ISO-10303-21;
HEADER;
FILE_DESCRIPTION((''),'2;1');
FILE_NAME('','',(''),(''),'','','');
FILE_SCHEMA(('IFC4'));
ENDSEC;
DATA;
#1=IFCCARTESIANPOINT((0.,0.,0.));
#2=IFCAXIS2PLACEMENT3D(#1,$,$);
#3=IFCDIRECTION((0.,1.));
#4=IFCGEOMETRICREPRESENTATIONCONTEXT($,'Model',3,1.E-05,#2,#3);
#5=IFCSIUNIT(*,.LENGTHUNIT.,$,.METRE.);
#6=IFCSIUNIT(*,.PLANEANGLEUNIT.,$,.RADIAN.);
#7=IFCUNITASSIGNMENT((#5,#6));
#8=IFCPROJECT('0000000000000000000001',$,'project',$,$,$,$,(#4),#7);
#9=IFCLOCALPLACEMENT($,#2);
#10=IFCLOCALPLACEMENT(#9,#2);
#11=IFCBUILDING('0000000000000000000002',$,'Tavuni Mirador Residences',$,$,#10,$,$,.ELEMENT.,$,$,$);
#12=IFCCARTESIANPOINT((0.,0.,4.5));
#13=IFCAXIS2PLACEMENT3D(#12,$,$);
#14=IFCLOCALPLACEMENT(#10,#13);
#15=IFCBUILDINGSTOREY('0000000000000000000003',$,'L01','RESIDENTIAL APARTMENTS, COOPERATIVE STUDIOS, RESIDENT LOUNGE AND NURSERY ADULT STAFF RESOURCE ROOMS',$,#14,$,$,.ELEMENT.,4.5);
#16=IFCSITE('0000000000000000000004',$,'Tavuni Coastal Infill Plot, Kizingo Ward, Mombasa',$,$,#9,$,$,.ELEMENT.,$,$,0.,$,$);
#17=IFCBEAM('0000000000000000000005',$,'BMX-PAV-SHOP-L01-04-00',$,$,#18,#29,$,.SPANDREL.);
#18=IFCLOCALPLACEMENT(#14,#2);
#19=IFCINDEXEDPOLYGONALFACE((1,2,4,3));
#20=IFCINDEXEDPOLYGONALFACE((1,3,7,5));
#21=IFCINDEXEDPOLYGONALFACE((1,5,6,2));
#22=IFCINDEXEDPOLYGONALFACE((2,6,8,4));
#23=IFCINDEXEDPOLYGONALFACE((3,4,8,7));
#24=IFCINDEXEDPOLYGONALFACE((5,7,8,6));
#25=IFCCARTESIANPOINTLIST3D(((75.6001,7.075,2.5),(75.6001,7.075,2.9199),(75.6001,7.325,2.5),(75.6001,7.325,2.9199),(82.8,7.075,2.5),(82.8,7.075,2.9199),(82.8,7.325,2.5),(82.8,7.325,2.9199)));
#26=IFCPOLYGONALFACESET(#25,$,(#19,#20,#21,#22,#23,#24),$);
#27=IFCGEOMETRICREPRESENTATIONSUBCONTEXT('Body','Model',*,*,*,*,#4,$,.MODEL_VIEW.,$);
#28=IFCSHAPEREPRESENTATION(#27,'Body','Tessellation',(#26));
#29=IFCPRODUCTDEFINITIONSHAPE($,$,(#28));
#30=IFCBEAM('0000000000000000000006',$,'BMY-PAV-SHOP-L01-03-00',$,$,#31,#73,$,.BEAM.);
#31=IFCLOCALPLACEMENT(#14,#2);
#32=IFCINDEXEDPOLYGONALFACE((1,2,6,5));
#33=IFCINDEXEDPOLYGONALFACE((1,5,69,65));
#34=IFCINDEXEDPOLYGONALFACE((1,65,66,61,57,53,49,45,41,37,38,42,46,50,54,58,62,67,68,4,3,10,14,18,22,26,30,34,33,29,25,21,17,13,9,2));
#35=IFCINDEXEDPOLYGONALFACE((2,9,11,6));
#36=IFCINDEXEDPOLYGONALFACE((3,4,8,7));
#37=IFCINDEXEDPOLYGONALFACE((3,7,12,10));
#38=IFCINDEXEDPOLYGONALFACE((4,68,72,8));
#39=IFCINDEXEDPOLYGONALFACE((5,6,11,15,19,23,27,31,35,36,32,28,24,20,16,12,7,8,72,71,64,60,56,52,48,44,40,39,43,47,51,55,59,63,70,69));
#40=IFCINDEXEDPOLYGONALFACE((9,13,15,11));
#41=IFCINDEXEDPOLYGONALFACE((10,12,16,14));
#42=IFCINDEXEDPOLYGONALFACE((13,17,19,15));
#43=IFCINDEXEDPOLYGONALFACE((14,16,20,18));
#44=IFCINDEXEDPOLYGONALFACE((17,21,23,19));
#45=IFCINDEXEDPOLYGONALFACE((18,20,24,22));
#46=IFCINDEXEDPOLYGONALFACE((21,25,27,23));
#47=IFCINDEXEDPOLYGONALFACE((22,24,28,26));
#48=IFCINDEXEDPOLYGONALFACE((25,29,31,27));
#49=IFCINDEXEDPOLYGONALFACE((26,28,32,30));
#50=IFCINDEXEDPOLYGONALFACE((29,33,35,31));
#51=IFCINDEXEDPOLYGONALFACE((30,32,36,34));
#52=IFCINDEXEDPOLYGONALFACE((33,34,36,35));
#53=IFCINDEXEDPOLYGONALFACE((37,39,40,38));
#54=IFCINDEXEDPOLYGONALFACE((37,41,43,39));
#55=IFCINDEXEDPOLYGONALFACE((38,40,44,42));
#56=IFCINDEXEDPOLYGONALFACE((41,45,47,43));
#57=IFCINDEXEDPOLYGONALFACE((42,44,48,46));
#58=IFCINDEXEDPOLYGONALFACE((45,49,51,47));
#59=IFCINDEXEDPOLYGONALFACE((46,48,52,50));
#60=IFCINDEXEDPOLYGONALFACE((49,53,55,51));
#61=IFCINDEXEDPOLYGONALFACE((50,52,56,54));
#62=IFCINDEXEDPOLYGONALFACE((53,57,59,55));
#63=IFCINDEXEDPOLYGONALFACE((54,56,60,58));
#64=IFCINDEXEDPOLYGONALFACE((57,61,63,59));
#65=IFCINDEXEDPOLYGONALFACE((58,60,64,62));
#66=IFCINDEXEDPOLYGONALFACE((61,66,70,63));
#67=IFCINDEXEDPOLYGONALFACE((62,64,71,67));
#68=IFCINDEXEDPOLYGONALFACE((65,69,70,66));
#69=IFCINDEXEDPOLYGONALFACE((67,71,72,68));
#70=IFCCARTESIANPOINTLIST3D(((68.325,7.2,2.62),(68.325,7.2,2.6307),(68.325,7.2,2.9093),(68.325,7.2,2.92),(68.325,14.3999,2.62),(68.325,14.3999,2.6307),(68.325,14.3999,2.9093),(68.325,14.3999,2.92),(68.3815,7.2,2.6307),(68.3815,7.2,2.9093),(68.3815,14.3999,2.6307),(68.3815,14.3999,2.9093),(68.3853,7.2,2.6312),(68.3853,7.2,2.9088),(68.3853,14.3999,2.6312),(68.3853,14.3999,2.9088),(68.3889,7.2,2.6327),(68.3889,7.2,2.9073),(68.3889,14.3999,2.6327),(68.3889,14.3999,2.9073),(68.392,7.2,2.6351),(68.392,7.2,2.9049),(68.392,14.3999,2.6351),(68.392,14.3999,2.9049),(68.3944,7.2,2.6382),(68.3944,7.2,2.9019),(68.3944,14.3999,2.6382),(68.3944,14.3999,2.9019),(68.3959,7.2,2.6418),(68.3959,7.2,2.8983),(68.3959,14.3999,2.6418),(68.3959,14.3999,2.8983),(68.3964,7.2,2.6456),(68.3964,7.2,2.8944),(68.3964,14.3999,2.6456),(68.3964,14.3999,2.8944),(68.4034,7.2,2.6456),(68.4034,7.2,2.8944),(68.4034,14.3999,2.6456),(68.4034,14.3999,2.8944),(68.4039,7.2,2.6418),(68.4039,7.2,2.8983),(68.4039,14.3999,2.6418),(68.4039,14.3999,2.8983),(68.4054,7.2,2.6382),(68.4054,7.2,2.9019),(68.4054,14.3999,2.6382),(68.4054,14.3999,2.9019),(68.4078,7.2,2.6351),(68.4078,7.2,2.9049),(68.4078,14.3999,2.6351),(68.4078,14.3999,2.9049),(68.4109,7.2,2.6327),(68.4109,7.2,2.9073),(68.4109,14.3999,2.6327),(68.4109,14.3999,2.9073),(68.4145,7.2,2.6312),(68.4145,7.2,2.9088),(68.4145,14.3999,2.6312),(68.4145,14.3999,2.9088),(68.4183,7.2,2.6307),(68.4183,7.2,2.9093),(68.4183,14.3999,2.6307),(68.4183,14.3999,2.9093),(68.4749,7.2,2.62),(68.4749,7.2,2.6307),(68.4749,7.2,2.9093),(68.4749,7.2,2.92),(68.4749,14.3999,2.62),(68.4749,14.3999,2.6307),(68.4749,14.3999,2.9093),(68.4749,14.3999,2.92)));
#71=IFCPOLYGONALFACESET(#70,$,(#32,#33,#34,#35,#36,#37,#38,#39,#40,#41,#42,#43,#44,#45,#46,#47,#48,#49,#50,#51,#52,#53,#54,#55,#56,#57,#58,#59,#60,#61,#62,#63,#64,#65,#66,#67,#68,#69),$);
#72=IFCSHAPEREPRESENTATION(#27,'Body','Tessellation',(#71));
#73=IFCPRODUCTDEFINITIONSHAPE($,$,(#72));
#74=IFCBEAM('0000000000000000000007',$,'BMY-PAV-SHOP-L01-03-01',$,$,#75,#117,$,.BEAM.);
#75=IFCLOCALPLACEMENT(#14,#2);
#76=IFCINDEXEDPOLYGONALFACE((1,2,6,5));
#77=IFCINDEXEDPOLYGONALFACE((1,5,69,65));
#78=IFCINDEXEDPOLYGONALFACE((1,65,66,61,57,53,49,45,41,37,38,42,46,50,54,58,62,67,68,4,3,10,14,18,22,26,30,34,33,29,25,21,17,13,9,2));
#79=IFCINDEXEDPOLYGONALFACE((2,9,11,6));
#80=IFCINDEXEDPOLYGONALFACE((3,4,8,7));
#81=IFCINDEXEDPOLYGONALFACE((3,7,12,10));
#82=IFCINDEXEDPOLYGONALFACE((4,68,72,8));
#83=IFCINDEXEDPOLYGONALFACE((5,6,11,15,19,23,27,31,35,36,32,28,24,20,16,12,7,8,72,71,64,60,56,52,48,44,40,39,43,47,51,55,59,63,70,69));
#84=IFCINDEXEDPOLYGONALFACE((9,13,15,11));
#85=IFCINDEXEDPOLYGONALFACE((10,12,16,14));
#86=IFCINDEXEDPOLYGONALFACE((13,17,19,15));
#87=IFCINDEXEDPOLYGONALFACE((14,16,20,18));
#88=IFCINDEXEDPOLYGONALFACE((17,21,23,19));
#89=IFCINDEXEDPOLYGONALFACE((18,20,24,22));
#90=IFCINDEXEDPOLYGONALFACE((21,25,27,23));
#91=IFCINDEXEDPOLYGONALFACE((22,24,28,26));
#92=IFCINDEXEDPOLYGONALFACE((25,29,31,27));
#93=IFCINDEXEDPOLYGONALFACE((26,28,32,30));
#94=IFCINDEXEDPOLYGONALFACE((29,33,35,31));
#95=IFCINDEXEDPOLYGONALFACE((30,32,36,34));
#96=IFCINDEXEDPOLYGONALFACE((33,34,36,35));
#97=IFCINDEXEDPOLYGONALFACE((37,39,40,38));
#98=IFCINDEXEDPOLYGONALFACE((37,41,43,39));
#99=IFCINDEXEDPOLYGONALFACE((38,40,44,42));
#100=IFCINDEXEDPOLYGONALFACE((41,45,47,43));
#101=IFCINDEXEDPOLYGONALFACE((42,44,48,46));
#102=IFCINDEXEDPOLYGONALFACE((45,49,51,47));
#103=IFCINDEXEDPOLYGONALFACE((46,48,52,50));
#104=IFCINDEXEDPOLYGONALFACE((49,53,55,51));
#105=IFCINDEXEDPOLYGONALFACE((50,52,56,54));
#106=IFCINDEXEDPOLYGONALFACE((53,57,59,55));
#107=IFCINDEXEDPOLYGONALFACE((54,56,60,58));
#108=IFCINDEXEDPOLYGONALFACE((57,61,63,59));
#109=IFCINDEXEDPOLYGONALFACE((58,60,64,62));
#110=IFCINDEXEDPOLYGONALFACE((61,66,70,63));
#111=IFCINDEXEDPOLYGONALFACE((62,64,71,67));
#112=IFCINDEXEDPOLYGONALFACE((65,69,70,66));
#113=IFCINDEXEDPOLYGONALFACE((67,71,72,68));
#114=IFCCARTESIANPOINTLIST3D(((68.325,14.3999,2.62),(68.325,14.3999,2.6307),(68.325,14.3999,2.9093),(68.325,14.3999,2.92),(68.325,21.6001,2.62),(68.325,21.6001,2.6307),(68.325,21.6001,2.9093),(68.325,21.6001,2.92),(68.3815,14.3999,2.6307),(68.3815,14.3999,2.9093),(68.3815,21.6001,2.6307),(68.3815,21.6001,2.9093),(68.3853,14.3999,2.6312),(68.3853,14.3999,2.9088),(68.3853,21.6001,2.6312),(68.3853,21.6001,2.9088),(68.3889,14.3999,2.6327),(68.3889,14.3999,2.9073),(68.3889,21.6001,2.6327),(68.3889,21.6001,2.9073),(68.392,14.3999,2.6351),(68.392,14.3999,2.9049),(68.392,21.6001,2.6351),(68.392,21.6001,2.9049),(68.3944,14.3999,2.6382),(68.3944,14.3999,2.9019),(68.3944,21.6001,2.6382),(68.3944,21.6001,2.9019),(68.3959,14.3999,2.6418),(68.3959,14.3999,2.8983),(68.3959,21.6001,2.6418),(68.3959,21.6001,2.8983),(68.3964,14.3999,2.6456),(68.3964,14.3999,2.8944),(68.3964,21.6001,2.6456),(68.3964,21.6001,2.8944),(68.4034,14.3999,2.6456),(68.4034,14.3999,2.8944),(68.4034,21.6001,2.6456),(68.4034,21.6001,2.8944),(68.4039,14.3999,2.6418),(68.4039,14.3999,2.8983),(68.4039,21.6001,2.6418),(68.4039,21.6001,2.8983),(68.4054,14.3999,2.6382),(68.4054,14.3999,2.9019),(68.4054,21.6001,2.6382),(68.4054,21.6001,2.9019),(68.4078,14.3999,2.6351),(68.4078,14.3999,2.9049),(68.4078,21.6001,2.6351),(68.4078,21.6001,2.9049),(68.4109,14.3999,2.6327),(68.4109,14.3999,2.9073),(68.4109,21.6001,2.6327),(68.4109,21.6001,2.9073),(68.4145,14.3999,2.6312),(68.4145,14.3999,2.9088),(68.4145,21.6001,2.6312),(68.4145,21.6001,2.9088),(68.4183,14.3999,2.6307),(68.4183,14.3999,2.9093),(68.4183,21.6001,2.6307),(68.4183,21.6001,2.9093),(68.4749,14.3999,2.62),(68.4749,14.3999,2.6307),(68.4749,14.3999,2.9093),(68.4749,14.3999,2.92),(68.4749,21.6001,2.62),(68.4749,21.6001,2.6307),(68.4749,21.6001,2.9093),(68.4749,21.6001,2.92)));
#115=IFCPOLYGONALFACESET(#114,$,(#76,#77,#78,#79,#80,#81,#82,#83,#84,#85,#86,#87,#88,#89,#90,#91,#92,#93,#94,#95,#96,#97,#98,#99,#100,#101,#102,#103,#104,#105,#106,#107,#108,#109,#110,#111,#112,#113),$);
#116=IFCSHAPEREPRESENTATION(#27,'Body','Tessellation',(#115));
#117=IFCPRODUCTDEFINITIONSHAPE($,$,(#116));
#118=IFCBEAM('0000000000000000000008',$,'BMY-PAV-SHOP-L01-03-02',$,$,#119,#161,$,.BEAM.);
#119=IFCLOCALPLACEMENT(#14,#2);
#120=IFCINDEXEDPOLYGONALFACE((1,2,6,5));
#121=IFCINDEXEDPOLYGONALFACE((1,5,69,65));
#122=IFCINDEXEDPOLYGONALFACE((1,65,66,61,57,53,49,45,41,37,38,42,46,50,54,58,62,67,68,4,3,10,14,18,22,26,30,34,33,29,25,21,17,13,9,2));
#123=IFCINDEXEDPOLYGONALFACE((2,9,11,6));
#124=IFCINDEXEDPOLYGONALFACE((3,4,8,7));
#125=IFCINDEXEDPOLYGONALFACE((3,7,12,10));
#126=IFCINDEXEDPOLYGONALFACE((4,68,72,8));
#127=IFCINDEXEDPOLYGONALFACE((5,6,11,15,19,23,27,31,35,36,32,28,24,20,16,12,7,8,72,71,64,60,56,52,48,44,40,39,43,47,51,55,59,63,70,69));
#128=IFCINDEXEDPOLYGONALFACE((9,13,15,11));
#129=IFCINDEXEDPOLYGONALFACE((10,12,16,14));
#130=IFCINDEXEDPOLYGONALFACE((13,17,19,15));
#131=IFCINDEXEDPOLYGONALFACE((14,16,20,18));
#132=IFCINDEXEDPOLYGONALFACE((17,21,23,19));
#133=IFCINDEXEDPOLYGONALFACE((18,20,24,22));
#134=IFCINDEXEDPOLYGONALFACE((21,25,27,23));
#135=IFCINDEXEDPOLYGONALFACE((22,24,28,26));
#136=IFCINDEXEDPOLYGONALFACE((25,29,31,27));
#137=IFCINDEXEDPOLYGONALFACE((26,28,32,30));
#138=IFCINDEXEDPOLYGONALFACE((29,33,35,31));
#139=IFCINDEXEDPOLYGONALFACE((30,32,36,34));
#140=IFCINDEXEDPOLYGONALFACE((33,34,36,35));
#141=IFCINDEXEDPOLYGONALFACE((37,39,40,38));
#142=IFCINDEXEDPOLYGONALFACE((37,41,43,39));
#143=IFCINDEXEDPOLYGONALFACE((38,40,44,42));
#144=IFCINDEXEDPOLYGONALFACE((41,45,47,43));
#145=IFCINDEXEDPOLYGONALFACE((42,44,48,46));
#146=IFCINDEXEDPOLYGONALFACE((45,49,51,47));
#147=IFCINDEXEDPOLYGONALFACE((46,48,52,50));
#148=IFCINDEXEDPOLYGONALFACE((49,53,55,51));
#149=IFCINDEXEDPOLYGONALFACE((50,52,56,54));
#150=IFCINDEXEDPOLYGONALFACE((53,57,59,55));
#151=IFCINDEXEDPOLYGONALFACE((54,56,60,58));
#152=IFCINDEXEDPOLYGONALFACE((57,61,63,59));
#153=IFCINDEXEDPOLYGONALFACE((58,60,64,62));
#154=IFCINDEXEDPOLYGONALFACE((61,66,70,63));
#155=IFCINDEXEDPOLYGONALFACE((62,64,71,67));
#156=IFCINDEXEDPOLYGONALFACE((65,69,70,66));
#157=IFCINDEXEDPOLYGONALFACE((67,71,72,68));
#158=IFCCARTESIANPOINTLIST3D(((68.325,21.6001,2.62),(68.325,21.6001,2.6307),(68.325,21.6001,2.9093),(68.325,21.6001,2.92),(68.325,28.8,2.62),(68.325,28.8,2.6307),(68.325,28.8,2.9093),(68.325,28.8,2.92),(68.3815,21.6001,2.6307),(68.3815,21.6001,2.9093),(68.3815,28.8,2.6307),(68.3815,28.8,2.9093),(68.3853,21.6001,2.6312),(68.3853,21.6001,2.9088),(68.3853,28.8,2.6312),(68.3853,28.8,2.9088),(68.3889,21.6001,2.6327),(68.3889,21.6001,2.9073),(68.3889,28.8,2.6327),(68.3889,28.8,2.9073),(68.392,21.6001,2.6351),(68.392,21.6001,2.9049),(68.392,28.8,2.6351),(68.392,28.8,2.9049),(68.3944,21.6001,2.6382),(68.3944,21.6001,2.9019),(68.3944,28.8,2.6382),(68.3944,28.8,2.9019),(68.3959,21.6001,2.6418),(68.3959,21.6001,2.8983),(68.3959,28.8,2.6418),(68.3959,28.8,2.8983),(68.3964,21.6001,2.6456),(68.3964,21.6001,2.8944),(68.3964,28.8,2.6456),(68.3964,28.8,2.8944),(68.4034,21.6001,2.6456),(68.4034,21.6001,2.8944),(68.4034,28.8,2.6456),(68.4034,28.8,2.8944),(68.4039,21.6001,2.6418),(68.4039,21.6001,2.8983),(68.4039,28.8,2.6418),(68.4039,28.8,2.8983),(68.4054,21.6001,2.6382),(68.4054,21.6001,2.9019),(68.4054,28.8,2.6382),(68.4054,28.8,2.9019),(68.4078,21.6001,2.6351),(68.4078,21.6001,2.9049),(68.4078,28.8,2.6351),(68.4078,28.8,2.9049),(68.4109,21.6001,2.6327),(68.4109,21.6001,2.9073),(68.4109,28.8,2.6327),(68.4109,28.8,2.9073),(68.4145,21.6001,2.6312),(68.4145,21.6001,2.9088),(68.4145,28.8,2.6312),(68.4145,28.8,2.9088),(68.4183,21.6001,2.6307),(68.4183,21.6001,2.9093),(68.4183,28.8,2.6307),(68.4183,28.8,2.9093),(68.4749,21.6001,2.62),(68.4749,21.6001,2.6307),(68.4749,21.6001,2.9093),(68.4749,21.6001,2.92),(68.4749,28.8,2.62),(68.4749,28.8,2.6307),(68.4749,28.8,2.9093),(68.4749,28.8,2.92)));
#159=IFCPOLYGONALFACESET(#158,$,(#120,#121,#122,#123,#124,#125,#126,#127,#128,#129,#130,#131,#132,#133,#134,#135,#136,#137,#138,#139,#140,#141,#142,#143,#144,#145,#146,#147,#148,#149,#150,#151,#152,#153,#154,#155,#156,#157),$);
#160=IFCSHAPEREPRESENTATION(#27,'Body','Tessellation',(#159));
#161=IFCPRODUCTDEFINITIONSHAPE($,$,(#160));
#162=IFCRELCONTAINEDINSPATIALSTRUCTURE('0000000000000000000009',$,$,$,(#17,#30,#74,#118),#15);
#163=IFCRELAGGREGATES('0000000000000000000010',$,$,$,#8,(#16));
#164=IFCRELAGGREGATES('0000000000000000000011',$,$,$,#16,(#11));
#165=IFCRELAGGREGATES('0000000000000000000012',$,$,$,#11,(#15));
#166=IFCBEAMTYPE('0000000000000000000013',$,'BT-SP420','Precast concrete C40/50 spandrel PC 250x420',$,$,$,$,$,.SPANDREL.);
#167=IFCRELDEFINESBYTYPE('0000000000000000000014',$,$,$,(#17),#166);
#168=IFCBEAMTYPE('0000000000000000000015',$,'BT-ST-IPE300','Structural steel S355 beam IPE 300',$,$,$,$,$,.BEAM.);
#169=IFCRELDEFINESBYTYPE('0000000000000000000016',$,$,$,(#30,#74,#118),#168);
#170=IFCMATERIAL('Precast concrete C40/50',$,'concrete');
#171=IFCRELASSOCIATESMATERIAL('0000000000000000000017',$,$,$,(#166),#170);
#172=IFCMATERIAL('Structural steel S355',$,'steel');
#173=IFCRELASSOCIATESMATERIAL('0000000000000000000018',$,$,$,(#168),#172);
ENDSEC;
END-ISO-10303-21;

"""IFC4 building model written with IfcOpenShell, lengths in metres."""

from ifc_helpers import new_model, si_unit, direction, frame, origin, origin_2d, place, context, subcontext, project, spatial, rectangle, i_section, extrude, material, material_profile, profile_set, type_object, element, save


model = new_model("IFC4")

# Units and contexts
model_context = context("Model", 3, precision=1e-05, world=origin(), true_north=direction((0.0, 1.0)))
body_context = subcontext(model_context, "Body", "Model", "MODEL_VIEW")
ifc_project = project(units=[si_unit("LENGTHUNIT", "METRE"), si_unit("PLANEANGLEUNIT", "RADIAN")], contexts=[model_context])

# Site, building, storey
site_placement = place(None, origin())
site = spatial("IfcSite", under=ifc_project, at=site_placement, Name="Tavuni Coastal Infill Plot, Kizingo Ward, Mombasa", CompositionType="ELEMENT", RefElevation=0.0)
building_placement = place(site_placement, origin())
building = spatial("IfcBuilding", under=site, at=building_placement, Name="Tavuni Mirador Residences", CompositionType="ELEMENT")
storey_placement = place(building_placement, frame((0.0, 0.0, 4.5)))
storey = spatial("IfcBuildingStorey", under=building, at=storey_placement, Name="L01", Description="RESIDENTIAL APARTMENTS, COOPERATIVE STUDIOS, RESIDENT LOUNGE AND NURSERY ADULT STAFF RESOURCE ROOMS", CompositionType="ELEMENT", Elevation=4.5)

# Shared definitions
ifc_material_1 = material(Name="Precast concrete C40/50", Category="concrete")
ifc_material_2 = material(Name="Structural steel S355", Category="steel")

# Beams
ifc_material_profile_1 = material_profile(ifc_material_1, rectangle(XDim=0.25, YDim=0.4199, at=origin_2d()), Name="PC 250x420", Category="concrete")
ifc_profile_set_1 = profile_set([ifc_material_profile_1], Name="Precast concrete C40/50")
beam_type_1 = type_object("IfcBeamType", Name="BT-SP420", Description="Precast concrete C40/50 spandrel PC 250x420", PredefinedType="SPANDREL", material=ifc_profile_set_1)
beam_1_placement = place(storey_placement, frame((75.6001, 7.2, 2.71), z_axis=(1.0, 0.0, 0.0), x_axis=(0.0, 1.0, 0.0)))
element("IfcBeam", 1, at=beam_1_placement, inside=storey, type_object=beam_type_1, Name="BMX-PAV-SHOP-L01-04-00", PredefinedType="SPANDREL", context=body_context, shape_type="SweptSolid", body=[
    extrude(rectangle(XDim=0.25, YDim=0.4199, at=origin_2d()), origin(), (0.0, 0.0, 1.0), 7.2),
])
ifc_material_profile_2 = material_profile(ifc_material_2, i_section(OverallWidth=0.1499, OverallDepth=0.3, WebThickness=0.0071, FlangeThickness=0.0107, FilletRadius=0.0149, at=origin_2d()), Name="IPE 300", Category="steel")
ifc_profile_set_2 = profile_set([ifc_material_profile_2], Name="Structural steel S355")
beam_type_2 = type_object("IfcBeamType", Name="BT-ST-IPE300", Description="Structural steel S355 beam IPE 300", PredefinedType="BEAM", material=ifc_profile_set_2)
beam_2_placement = place(storey_placement, frame((68.3999, 7.2, 2.77), z_axis=(0.0, 1.0, 0.0), x_axis=(-1.0, 0.0, 0.0)))
element("IfcBeam", 2, at=beam_2_placement, inside=storey, type_object=beam_type_2, Name="BMY-PAV-SHOP-L01-03-00", PredefinedType="BEAM", context=body_context, shape_type="SweptSolid", body=[
    extrude(i_section(OverallWidth=0.1499, OverallDepth=0.3, WebThickness=0.0071, FlangeThickness=0.0107, FilletRadius=0.0149, at=origin_2d()), origin(), (0.0, 0.0, 1.0), 7.2),
])
beam_3_placement = place(storey_placement, frame((68.3999, 14.3999, 2.77), z_axis=(0.0, 1.0, 0.0), x_axis=(-1.0, 0.0, 0.0)))
element("IfcBeam", 3, at=beam_3_placement, inside=storey, type_object=beam_type_2, Name="BMY-PAV-SHOP-L01-03-01", PredefinedType="BEAM", context=body_context, shape_type="SweptSolid", body=[
    extrude(i_section(OverallWidth=0.1499, OverallDepth=0.3, WebThickness=0.0071, FlangeThickness=0.0107, FilletRadius=0.0149, at=origin_2d()), origin(), (0.0, 0.0, 1.0), 7.2002),
])
for number, where, z_axis, x_axis, name in (
    (4, (68.3999, 21.6001, 2.77), (0.0, 1.0, 0.0), (-1.0, 0.0, 0.0), "BMY-PAV-SHOP-L01-03-02"),
):
    element("IfcBeam", number, at=place(storey_placement, frame(where, z_axis=z_axis, x_axis=x_axis)), inside=storey, type_object=beam_type_2, Name=name, PredefinedType="BEAM", context=body_context, shape_type="SweptSolid", body=[
        extrude(i_section(OverallWidth=0.1499, OverallDepth=0.3, WebThickness=0.0071, FlangeThickness=0.0107, FilletRadius=0.0149, at=origin_2d()), origin(), (0.0, 0.0, 1.0), 7.2),
    ])

save(model, "model.ifc")
